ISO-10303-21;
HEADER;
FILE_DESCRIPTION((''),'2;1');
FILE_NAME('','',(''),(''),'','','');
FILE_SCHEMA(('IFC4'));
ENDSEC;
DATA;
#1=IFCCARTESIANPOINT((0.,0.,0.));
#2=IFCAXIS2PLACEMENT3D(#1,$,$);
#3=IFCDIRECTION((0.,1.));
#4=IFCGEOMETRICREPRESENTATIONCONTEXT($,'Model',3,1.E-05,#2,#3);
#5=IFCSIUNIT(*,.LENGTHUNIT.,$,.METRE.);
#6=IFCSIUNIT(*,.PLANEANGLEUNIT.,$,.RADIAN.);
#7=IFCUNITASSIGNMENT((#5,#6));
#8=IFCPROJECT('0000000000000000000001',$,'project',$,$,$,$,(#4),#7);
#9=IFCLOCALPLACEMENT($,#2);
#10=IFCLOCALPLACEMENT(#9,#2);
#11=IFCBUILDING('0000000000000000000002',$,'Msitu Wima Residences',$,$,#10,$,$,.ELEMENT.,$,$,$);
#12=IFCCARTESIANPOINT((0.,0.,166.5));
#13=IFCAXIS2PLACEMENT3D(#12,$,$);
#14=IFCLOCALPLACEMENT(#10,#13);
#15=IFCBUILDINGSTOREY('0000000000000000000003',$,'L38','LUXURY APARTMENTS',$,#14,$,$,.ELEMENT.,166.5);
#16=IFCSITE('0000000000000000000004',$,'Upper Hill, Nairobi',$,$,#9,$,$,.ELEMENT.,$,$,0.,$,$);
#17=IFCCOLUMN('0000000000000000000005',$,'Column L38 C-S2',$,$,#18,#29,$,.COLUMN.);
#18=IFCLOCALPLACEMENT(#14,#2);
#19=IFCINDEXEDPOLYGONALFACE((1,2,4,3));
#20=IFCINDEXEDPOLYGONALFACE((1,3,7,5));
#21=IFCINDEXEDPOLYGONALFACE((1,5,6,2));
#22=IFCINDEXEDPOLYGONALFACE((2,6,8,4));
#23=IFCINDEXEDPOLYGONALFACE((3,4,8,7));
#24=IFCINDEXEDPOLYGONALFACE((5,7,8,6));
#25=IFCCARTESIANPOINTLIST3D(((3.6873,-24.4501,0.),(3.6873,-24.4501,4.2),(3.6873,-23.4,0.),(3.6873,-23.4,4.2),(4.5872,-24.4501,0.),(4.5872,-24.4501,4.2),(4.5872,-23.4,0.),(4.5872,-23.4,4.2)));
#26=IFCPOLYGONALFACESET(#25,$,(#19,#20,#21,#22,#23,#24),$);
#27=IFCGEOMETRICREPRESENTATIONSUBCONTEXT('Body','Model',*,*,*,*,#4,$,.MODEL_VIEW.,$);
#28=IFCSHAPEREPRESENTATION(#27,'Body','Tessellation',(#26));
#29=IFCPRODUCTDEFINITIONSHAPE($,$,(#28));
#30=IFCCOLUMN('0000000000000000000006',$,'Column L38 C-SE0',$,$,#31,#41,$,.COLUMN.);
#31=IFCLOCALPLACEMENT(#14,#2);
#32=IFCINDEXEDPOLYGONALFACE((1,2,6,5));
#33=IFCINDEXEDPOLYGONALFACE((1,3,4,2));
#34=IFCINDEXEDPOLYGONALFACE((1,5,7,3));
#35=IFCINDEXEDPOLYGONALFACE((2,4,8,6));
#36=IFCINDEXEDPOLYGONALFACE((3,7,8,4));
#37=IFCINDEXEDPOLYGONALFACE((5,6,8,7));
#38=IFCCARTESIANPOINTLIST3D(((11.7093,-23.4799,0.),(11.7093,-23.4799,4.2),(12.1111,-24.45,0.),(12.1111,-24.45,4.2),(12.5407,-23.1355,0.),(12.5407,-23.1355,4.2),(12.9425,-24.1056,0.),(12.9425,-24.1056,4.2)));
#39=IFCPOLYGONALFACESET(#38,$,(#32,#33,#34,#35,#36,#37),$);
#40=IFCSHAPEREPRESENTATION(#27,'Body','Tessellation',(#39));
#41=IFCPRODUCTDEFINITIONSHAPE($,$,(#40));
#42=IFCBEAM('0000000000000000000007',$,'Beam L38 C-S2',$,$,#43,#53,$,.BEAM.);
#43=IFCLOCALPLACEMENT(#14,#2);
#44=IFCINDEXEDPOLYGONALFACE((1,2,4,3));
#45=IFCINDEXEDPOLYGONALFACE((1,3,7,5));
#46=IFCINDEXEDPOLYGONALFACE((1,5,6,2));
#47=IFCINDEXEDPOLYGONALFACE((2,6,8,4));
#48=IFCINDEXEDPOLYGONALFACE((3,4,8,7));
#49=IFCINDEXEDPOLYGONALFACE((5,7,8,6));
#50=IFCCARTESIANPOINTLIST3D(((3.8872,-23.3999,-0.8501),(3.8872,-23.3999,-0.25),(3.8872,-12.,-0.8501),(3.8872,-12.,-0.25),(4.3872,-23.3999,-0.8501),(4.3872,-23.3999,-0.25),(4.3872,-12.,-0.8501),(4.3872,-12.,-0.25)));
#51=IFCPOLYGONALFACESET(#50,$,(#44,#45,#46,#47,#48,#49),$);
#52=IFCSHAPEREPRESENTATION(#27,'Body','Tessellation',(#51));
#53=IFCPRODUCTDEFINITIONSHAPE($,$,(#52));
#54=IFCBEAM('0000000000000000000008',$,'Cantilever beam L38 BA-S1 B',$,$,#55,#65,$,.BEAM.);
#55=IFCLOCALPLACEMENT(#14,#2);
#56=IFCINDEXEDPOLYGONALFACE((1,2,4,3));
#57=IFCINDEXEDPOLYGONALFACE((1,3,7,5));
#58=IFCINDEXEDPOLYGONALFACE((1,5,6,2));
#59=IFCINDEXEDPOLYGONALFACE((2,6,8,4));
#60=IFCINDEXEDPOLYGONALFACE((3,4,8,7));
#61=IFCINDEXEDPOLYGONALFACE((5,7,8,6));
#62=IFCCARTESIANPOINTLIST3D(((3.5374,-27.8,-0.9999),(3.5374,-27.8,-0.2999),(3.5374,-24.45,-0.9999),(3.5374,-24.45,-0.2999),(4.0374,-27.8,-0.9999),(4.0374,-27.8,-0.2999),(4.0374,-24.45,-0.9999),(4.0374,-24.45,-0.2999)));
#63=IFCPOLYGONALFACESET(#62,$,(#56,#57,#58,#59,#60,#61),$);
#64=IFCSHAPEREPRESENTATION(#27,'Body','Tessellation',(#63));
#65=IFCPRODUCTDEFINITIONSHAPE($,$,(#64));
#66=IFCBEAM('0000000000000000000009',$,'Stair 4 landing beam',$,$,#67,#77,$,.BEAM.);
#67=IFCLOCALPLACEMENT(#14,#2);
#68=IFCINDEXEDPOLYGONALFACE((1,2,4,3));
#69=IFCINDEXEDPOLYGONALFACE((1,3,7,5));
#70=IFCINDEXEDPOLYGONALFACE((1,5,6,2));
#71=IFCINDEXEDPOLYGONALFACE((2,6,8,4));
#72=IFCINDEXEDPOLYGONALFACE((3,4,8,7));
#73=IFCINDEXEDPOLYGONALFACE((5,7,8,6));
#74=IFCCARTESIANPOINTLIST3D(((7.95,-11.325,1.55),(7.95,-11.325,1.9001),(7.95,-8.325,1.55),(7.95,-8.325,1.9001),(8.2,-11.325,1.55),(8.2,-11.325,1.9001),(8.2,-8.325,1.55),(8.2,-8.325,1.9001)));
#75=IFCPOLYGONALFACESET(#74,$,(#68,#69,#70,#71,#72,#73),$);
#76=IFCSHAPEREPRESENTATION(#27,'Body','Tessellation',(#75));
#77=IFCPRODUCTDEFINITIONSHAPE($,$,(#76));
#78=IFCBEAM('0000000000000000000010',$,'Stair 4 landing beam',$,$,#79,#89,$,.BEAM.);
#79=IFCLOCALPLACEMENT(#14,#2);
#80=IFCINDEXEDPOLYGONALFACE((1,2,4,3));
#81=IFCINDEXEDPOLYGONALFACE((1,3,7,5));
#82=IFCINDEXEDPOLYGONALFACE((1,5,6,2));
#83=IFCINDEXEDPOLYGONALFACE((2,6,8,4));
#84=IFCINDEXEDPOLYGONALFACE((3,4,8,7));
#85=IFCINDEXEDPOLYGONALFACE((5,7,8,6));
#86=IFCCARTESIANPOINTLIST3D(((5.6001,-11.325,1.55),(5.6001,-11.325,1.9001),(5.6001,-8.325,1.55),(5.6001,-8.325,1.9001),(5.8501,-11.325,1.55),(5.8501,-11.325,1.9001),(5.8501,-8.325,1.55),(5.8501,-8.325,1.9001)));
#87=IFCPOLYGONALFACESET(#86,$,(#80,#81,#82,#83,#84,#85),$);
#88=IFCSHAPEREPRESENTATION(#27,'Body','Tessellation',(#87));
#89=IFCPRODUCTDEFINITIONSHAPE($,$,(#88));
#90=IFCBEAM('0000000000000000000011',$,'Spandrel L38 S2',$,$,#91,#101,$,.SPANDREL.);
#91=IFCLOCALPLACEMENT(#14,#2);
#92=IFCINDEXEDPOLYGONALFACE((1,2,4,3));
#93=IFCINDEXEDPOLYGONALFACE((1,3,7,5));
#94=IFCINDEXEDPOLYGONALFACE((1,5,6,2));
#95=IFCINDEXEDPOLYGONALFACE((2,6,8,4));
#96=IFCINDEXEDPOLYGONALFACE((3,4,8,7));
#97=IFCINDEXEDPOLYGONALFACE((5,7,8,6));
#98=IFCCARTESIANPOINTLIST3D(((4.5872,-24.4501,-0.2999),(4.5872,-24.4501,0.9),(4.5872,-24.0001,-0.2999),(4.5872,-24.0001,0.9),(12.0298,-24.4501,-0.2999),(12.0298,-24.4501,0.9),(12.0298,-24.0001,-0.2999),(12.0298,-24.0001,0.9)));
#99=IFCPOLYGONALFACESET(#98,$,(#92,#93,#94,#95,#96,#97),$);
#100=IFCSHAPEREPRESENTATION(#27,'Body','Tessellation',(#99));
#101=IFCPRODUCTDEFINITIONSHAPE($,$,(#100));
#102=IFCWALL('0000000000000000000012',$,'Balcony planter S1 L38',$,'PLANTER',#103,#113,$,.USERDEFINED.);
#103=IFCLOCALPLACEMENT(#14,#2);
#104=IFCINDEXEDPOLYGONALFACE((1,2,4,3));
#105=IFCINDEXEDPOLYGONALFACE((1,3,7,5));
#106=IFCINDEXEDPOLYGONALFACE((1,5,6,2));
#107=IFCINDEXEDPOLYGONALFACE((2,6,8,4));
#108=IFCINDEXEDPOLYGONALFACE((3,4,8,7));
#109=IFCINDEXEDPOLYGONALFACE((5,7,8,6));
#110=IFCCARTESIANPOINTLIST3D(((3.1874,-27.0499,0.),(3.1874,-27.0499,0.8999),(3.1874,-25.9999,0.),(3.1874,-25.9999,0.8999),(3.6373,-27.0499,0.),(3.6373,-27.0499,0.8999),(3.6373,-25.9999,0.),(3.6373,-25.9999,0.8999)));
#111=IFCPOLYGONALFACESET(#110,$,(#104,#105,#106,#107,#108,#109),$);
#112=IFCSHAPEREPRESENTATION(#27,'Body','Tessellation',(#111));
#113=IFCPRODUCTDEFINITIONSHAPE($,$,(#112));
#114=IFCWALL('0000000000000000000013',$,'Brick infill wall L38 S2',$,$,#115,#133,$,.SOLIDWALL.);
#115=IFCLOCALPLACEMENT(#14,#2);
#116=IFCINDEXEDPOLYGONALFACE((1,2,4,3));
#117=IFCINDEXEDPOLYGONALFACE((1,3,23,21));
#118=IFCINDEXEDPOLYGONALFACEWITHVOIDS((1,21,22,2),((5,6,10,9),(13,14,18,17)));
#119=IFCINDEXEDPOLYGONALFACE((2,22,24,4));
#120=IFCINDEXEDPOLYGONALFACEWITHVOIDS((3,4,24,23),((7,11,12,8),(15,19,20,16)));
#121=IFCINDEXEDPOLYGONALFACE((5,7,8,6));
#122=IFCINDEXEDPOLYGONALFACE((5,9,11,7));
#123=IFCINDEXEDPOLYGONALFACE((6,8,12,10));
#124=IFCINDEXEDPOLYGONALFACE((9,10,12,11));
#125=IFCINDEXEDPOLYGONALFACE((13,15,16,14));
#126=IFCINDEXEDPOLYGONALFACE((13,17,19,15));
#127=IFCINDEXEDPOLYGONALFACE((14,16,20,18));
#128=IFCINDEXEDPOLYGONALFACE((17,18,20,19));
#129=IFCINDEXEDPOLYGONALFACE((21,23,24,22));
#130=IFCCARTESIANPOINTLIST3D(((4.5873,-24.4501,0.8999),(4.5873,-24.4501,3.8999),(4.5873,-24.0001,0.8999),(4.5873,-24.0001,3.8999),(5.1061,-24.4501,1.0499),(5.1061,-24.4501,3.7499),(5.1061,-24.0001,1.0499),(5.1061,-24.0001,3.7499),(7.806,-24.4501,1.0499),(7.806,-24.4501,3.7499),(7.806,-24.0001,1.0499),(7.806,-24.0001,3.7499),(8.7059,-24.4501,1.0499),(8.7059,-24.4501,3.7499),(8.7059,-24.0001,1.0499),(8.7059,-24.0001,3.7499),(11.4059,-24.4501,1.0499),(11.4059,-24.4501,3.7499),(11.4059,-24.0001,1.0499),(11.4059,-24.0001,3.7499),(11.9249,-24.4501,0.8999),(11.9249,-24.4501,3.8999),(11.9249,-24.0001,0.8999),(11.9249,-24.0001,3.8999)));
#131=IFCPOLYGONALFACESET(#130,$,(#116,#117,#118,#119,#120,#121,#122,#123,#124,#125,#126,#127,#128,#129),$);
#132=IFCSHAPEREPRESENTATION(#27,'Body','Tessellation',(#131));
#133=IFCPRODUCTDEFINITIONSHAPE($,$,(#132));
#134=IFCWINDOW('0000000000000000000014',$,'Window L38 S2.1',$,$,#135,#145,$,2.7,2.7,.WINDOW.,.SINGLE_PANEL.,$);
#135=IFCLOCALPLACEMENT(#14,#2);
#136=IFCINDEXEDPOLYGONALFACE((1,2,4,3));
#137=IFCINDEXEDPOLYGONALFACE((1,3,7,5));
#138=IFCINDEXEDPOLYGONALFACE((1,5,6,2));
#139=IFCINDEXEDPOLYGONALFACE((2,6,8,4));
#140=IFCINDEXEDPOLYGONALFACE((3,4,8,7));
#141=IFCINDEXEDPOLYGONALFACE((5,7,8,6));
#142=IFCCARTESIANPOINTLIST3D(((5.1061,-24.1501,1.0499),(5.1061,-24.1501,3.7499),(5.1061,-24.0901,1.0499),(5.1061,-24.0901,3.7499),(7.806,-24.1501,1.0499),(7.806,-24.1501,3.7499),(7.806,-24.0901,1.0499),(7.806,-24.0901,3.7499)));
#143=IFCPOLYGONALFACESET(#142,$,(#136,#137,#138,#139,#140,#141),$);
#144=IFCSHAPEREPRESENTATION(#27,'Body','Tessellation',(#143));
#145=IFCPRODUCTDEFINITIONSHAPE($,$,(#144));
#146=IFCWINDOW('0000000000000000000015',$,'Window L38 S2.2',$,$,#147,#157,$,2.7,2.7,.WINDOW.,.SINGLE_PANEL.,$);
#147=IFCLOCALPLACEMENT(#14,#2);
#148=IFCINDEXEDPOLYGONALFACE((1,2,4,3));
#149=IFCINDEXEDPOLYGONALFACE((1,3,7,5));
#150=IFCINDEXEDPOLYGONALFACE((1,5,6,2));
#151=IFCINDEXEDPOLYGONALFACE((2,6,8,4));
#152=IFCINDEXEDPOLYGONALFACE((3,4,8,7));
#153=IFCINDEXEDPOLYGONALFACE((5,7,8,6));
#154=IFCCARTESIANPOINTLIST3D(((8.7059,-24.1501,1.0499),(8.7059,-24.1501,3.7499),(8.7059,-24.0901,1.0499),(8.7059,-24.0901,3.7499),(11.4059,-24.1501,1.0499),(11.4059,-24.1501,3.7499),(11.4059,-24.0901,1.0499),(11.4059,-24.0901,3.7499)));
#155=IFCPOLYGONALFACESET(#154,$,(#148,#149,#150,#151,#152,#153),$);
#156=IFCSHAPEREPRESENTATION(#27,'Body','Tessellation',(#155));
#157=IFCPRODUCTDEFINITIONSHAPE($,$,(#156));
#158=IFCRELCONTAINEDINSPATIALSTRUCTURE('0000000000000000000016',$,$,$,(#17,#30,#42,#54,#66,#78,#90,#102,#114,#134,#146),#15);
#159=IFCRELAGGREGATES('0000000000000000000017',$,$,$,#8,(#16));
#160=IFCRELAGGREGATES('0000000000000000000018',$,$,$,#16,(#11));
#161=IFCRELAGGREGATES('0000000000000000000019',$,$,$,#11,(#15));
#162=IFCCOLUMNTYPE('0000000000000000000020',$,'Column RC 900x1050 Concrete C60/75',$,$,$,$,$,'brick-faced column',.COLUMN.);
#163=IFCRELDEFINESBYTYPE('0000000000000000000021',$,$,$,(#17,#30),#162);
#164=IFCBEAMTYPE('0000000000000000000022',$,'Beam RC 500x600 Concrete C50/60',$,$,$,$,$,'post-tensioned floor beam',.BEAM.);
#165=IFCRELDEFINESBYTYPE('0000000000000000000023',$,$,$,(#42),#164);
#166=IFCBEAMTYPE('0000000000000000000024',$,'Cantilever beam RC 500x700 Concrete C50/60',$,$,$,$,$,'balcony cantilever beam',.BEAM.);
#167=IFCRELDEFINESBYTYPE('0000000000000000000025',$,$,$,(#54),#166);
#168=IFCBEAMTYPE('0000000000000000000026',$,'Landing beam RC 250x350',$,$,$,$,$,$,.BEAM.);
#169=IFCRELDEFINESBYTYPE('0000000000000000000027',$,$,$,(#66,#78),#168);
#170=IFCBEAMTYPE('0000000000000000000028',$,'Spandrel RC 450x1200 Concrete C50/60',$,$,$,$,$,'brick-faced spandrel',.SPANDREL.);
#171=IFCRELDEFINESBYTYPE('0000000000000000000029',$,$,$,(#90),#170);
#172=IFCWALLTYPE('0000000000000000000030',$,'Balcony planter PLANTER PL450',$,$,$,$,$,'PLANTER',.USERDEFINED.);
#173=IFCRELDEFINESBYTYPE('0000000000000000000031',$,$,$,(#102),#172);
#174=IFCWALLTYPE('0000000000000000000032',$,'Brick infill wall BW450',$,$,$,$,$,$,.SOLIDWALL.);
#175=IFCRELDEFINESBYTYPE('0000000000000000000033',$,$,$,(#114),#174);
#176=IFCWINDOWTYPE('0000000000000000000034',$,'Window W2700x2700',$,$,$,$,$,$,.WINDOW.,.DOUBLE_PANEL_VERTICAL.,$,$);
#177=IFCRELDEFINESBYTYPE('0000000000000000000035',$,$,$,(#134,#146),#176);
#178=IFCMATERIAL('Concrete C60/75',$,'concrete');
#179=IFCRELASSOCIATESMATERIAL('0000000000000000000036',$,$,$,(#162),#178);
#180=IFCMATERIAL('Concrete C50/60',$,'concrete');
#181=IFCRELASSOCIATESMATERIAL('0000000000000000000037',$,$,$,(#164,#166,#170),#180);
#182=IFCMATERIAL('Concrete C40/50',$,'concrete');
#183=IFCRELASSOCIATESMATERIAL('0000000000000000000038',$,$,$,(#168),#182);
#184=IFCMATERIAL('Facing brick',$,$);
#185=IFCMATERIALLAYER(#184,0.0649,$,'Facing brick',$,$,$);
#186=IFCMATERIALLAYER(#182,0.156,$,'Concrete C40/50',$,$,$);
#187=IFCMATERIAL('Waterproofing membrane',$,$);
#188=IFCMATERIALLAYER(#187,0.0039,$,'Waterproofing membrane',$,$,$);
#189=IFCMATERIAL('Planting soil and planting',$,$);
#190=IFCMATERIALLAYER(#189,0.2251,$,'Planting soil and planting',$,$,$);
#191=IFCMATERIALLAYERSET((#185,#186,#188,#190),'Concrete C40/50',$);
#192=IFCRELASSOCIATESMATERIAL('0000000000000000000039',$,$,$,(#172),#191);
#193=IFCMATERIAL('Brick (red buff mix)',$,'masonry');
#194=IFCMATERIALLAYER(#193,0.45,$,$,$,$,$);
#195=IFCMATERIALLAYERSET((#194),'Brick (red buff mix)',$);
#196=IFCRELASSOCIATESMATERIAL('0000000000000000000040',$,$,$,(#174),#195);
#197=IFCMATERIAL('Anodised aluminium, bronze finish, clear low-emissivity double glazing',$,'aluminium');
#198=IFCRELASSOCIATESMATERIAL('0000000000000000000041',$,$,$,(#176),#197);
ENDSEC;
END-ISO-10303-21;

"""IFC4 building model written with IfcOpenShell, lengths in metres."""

from ifc_helpers import new_model, si_unit, direction, frame, frame_2d, origin, origin_2d, place, context, subcontext, project, spatial, rectangle, extrude, material, layer, layer_set, material_profile, profile_set, type_object, element, fill, save


model = new_model("IFC4")

# Units and contexts
model_context = context("Model", 3, precision=1e-05, world=origin(), true_north=direction((0.0, 1.0)))
body_context = subcontext(model_context, "Body", "Model", "MODEL_VIEW")
ifc_project = project(units=[si_unit("LENGTHUNIT", "METRE"), si_unit("PLANEANGLEUNIT", "RADIAN")], contexts=[model_context])

# Site, building, storey
site_placement = place(None, origin())
site = spatial("IfcSite", under=ifc_project, at=site_placement, Name="Upper Hill, Nairobi", CompositionType="ELEMENT", RefElevation=0.0)
building_placement = place(site_placement, origin())
building = spatial("IfcBuilding", under=site, at=building_placement, Name="Msitu Wima Residences", CompositionType="ELEMENT")
storey_placement = place(building_placement, frame((0.0, 0.0, 166.5)))
storey = spatial("IfcBuildingStorey", under=building, at=storey_placement, Name="L38", Description="LUXURY APARTMENTS", CompositionType="ELEMENT", Elevation=166.5)

# Columns
ifc_material_1 = material(Name="Concrete C60/75", Category="concrete")
ifc_material_profile_1 = material_profile(ifc_material_1, rectangle(XDim=0.8999, YDim=1.05, at=origin_2d()), Name="RC 900x1050")
ifc_profile_set_1 = profile_set([ifc_material_profile_1], Name="Concrete C60/75")
column_type = type_object("IfcColumnType", Name="Column RC 900x1050 Concrete C60/75", ElementType="brick-faced column", PredefinedType="COLUMN", material=ifc_profile_set_1)
for number, where, z_axis, x_axis, name in (
    (1, (4.1372, -23.925, 0.0), (0.0, 0.0, 1.0), (1.0, 0.0, 0.0), "Column L38 C-S2"),
    (2, (12.3259, -23.7927, 0.0), (0.0, 0.0, 1.0), (0.92388, 0.382683, 0.0), "Column L38 C-SE0"),
):
    element("IfcColumn", number, at=place(storey_placement, frame(where, z_axis=z_axis, x_axis=x_axis)), inside=storey, type_object=column_type, Name=name, PredefinedType="COLUMN", context=body_context, shape_type="SweptSolid", body=[
        extrude(rectangle(XDim=0.8999, YDim=1.05, at=origin_2d()), origin(), (0.0, 0.0, 1.0), 4.2),
    ])

# Beams
ifc_material_2 = material(Name="Concrete C50/60", Category="concrete")
ifc_material_profile_2 = material_profile(ifc_material_2, rectangle(XDim=0.5, YDim=0.6001, at=origin_2d()), Name="RC 500x600")
ifc_profile_set_2 = profile_set([ifc_material_profile_2], Name="Concrete C50/60")
beam_type_1 = type_object("IfcBeamType", Name="Beam RC 500x600 Concrete C50/60", ElementType="post-tensioned floor beam", PredefinedType="BEAM", material=ifc_profile_set_2)
beam_1_placement = place(storey_placement, frame((4.1372, -23.3999, -0.55), z_axis=(0.0, 1.0, 0.0), x_axis=(-1.0, 0.0, 0.0)))
element("IfcBeam", 3, at=beam_1_placement, inside=storey, type_object=beam_type_1, Name="Beam L38 C-S2", PredefinedType="BEAM", context=body_context, shape_type="SweptSolid", body=[
    extrude(rectangle(XDim=0.5, YDim=0.6001, at=origin_2d()), origin(), (0.0, 0.0, 1.0), 11.3999),
])
ifc_material_profile_3 = material_profile(ifc_material_2, rectangle(XDim=0.5, YDim=0.7, at=origin_2d()), Name="RC 500x700")
ifc_profile_set_3 = profile_set([ifc_material_profile_3], Name="Concrete C50/60")
beam_type_2 = type_object("IfcBeamType", Name="Cantilever beam RC 500x700 Concrete C50/60", ElementType="balcony cantilever beam", PredefinedType="BEAM", material=ifc_profile_set_3)
beam_2_placement = place(storey_placement, frame((3.7874, -24.45, -0.6499), z_axis=(0.0, -1.0, 0.0), x_axis=(1.0, 0.0, 0.0)))
element("IfcBeam", 4, at=beam_2_placement, inside=storey, type_object=beam_type_2, Name="Cantilever beam L38 BA-S1 B", PredefinedType="BEAM", context=body_context, shape_type="SweptSolid", body=[
    extrude(rectangle(XDim=0.5, YDim=0.7, at=origin_2d()), origin(), (0.0, 0.0, 1.0), 3.3501),
])
ifc_material_3 = material(Name="Concrete C40/50", Category="concrete")
ifc_material_profile_4 = material_profile(ifc_material_3, rectangle(XDim=0.25, YDim=0.3501, at=origin_2d()), Name="RC 250x350")
ifc_profile_set_4 = profile_set([ifc_material_profile_4], Name="Concrete C40/50")
beam_type_3 = type_object("IfcBeamType", Name="Landing beam RC 250x350", PredefinedType="BEAM", material=ifc_profile_set_4)
for number, where, z_axis, x_axis, name in (
    (5, (8.075, -11.325, 1.7251), (0.0, 1.0, 0.0), (-1.0, 0.0, 0.0), "Stair 4 landing beam"),
    (6, (5.7251, -11.325, 1.7251), (0.0, 1.0, 0.0), (-1.0, 0.0, 0.0), "Stair 4 landing beam"),
):
    element("IfcBeam", number, at=place(storey_placement, frame(where, z_axis=z_axis, x_axis=x_axis)), inside=storey, type_object=beam_type_3, Name=name, PredefinedType="BEAM", context=body_context, shape_type="SweptSolid", body=[
        extrude(rectangle(XDim=0.25, YDim=0.3501, at=origin_2d()), origin(), (0.0, 0.0, 1.0), 3.0),
    ])
ifc_material_profile_5 = material_profile(ifc_material_2, rectangle(XDim=0.45, YDim=1.2, at=origin_2d()), Name="RC 450x1200")
ifc_profile_set_5 = profile_set([ifc_material_profile_5], Name="Concrete C50/60")
beam_type_4 = type_object("IfcBeamType", Name="Spandrel RC 450x1200 Concrete C50/60", ElementType="brick-faced spandrel", PredefinedType="SPANDREL", material=ifc_profile_set_5)
beam_3_placement = place(storey_placement, frame((4.5872, -24.2251, 0.3), z_axis=(1.0, 0.0, 0.0), x_axis=(0.0, 1.0, 0.0)))
element("IfcBeam", 7, at=beam_3_placement, inside=storey, type_object=beam_type_4, Name="Spandrel L38 S2", PredefinedType="SPANDREL", context=body_context, shape_type="SweptSolid", body=[
    extrude(rectangle(XDim=0.45, YDim=1.2, at=origin_2d()), origin(), (0.0, 0.0, 1.0), 7.4426),
])

# Wall
ifc_material_4 = material(Name="Facing brick")
ifc_layer_1 = layer(ifc_material_4, 0.0649, Name="Facing brick")
ifc_layer_2 = layer(ifc_material_3, 0.156, Name="Concrete C40/50")
ifc_material_5 = material(Name="Waterproofing membrane")
ifc_layer_3 = layer(ifc_material_5, 0.0039, Name="Waterproofing membrane")
ifc_material_6 = material(Name="Planting soil and planting")
ifc_layer_4 = layer(ifc_material_6, 0.2251, Name="Planting soil and planting")
ifc_layer_set_1 = layer_set([ifc_layer_1, ifc_layer_2, ifc_layer_3, ifc_layer_4], Name="Concrete C40/50")
wall_type_1 = type_object("IfcWallType", Name="Balcony planter PLANTER PL450", ElementType="PLANTER", PredefinedType="USERDEFINED", material=ifc_layer_set_1)
wall_1_placement = place(storey_placement, frame((3.4124, -26.0, 0.0), z_axis=(0.0, 0.0, 1.0), x_axis=(0.0, -1.0, 0.0)))
element("IfcWall", 8, at=wall_1_placement, inside=storey, type_object=wall_type_1, Name="Balcony planter S1 L38", ObjectType="PLANTER", PredefinedType="USERDEFINED", context=body_context, shape_type="SweptSolid", body=[
    extrude(rectangle(XDim=1.05, YDim=0.45, at=frame_2d((0.5249, 0.0))), origin(), (0.0, 0.0, 1.0), 0.8999),
])

# Wall, openings, windows
ifc_material_7 = material(Name="Brick (red buff mix)", Category="masonry")
ifc_layer_5 = layer(ifc_material_7, 0.45)
ifc_layer_set_2 = layer_set([ifc_layer_5], Name="Brick (red buff mix)")
wall_type_2 = type_object("IfcWallType", Name="Brick infill wall BW450", PredefinedType="SOLIDWALL", material=ifc_layer_set_2)
wall_2_placement = place(storey_placement, frame((4.5872, -24.2251, 0.8999), z_axis=(0.0, 0.0, 1.0), x_axis=(1.0, 0.0, 0.0)))
wall_2 = element("IfcWall", 9, at=wall_2_placement, inside=storey, type_object=wall_type_2, Name="Brick infill wall L38 S2", PredefinedType="SOLIDWALL", context=body_context, shape_type="SweptSolid", body=[
    extrude(rectangle(XDim=7.3376, YDim=0.45, at=frame_2d((3.6689, 0.0))), origin(), (0.0, 0.0, 1.0), 3.0),
])
opening_1_placement = place(wall_2_placement, frame((0.5188, 0.0, 0.1499)))
opening_1 = element("IfcOpeningElement", 10, at=opening_1_placement, cuts=wall_2, PredefinedType="OPENING", context=body_context, shape_type="SweptSolid", body=[
    extrude(rectangle(XDim=2.7, YDim=2.7, at=frame_2d((1.3501, 1.3501))), frame((0.0, 0.2349, 0.0), z_axis=(0.0, -1.0, 0.0), x_axis=(1.0, 0.0, 0.0)), (0.0, 0.0, 1.0), 0.47),
])
opening_2_placement = place(wall_2_placement, frame((4.1187, 0.0, 0.1499)))
opening_2 = element("IfcOpeningElement", 11, at=opening_2_placement, cuts=wall_2, PredefinedType="OPENING", context=body_context, shape_type="SweptSolid", body=[
    extrude(rectangle(XDim=2.7, YDim=2.7, at=frame_2d((1.3501, 1.3501))), frame((0.0, 0.2349, 0.0), z_axis=(0.0, -1.0, 0.0), x_axis=(1.0, 0.0, 0.0)), (0.0, 0.0, 1.0), 0.47),
])
ifc_material_8 = material(Name="Anodised aluminium, bronze finish, clear low-emissivity double glazing", Category="aluminium")
window_type = type_object("IfcWindowType", Name="Window W2700x2700", PartitioningType="DOUBLE_PANEL_VERTICAL", PredefinedType="WINDOW", material=ifc_material_8)
window_1_placement = place(opening_1_placement, origin())
window_1 = element("IfcWindow", 12, at=window_1_placement, inside=storey, type_object=window_type, Name="Window L38 S2.1", OverallHeight=2.7, OverallWidth=2.7, PartitioningType="SINGLE_PANEL", PredefinedType="WINDOW", context=body_context, shape_type="SweptSolid", body=[
    extrude(rectangle(XDim=2.7, YDim=2.7, at=frame_2d((1.3501, 1.3501))), frame((0.0, 0.135, 0.0), z_axis=(0.0, -1.0, 0.0), x_axis=(1.0, 0.0, 0.0)), (0.0, 0.0, 1.0), 0.0601),
])
fill(opening_1, window_1)
window_2_placement = place(opening_2_placement, origin())
window_2 = element("IfcWindow", 13, at=window_2_placement, inside=storey, type_object=window_type, Name="Window L38 S2.2", OverallHeight=2.7, OverallWidth=2.7, PartitioningType="SINGLE_PANEL", PredefinedType="WINDOW", context=body_context, shape_type="SweptSolid", body=[
    extrude(rectangle(XDim=2.7, YDim=2.7, at=frame_2d((1.3501, 1.3501))), frame((0.0, 0.135, 0.0), z_axis=(0.0, -1.0, 0.0), x_axis=(1.0, 0.0, 0.0)), (0.0, 0.0, 1.0), 0.0601),
])
fill(opening_2, window_2)

save(model, "model.ifc")
